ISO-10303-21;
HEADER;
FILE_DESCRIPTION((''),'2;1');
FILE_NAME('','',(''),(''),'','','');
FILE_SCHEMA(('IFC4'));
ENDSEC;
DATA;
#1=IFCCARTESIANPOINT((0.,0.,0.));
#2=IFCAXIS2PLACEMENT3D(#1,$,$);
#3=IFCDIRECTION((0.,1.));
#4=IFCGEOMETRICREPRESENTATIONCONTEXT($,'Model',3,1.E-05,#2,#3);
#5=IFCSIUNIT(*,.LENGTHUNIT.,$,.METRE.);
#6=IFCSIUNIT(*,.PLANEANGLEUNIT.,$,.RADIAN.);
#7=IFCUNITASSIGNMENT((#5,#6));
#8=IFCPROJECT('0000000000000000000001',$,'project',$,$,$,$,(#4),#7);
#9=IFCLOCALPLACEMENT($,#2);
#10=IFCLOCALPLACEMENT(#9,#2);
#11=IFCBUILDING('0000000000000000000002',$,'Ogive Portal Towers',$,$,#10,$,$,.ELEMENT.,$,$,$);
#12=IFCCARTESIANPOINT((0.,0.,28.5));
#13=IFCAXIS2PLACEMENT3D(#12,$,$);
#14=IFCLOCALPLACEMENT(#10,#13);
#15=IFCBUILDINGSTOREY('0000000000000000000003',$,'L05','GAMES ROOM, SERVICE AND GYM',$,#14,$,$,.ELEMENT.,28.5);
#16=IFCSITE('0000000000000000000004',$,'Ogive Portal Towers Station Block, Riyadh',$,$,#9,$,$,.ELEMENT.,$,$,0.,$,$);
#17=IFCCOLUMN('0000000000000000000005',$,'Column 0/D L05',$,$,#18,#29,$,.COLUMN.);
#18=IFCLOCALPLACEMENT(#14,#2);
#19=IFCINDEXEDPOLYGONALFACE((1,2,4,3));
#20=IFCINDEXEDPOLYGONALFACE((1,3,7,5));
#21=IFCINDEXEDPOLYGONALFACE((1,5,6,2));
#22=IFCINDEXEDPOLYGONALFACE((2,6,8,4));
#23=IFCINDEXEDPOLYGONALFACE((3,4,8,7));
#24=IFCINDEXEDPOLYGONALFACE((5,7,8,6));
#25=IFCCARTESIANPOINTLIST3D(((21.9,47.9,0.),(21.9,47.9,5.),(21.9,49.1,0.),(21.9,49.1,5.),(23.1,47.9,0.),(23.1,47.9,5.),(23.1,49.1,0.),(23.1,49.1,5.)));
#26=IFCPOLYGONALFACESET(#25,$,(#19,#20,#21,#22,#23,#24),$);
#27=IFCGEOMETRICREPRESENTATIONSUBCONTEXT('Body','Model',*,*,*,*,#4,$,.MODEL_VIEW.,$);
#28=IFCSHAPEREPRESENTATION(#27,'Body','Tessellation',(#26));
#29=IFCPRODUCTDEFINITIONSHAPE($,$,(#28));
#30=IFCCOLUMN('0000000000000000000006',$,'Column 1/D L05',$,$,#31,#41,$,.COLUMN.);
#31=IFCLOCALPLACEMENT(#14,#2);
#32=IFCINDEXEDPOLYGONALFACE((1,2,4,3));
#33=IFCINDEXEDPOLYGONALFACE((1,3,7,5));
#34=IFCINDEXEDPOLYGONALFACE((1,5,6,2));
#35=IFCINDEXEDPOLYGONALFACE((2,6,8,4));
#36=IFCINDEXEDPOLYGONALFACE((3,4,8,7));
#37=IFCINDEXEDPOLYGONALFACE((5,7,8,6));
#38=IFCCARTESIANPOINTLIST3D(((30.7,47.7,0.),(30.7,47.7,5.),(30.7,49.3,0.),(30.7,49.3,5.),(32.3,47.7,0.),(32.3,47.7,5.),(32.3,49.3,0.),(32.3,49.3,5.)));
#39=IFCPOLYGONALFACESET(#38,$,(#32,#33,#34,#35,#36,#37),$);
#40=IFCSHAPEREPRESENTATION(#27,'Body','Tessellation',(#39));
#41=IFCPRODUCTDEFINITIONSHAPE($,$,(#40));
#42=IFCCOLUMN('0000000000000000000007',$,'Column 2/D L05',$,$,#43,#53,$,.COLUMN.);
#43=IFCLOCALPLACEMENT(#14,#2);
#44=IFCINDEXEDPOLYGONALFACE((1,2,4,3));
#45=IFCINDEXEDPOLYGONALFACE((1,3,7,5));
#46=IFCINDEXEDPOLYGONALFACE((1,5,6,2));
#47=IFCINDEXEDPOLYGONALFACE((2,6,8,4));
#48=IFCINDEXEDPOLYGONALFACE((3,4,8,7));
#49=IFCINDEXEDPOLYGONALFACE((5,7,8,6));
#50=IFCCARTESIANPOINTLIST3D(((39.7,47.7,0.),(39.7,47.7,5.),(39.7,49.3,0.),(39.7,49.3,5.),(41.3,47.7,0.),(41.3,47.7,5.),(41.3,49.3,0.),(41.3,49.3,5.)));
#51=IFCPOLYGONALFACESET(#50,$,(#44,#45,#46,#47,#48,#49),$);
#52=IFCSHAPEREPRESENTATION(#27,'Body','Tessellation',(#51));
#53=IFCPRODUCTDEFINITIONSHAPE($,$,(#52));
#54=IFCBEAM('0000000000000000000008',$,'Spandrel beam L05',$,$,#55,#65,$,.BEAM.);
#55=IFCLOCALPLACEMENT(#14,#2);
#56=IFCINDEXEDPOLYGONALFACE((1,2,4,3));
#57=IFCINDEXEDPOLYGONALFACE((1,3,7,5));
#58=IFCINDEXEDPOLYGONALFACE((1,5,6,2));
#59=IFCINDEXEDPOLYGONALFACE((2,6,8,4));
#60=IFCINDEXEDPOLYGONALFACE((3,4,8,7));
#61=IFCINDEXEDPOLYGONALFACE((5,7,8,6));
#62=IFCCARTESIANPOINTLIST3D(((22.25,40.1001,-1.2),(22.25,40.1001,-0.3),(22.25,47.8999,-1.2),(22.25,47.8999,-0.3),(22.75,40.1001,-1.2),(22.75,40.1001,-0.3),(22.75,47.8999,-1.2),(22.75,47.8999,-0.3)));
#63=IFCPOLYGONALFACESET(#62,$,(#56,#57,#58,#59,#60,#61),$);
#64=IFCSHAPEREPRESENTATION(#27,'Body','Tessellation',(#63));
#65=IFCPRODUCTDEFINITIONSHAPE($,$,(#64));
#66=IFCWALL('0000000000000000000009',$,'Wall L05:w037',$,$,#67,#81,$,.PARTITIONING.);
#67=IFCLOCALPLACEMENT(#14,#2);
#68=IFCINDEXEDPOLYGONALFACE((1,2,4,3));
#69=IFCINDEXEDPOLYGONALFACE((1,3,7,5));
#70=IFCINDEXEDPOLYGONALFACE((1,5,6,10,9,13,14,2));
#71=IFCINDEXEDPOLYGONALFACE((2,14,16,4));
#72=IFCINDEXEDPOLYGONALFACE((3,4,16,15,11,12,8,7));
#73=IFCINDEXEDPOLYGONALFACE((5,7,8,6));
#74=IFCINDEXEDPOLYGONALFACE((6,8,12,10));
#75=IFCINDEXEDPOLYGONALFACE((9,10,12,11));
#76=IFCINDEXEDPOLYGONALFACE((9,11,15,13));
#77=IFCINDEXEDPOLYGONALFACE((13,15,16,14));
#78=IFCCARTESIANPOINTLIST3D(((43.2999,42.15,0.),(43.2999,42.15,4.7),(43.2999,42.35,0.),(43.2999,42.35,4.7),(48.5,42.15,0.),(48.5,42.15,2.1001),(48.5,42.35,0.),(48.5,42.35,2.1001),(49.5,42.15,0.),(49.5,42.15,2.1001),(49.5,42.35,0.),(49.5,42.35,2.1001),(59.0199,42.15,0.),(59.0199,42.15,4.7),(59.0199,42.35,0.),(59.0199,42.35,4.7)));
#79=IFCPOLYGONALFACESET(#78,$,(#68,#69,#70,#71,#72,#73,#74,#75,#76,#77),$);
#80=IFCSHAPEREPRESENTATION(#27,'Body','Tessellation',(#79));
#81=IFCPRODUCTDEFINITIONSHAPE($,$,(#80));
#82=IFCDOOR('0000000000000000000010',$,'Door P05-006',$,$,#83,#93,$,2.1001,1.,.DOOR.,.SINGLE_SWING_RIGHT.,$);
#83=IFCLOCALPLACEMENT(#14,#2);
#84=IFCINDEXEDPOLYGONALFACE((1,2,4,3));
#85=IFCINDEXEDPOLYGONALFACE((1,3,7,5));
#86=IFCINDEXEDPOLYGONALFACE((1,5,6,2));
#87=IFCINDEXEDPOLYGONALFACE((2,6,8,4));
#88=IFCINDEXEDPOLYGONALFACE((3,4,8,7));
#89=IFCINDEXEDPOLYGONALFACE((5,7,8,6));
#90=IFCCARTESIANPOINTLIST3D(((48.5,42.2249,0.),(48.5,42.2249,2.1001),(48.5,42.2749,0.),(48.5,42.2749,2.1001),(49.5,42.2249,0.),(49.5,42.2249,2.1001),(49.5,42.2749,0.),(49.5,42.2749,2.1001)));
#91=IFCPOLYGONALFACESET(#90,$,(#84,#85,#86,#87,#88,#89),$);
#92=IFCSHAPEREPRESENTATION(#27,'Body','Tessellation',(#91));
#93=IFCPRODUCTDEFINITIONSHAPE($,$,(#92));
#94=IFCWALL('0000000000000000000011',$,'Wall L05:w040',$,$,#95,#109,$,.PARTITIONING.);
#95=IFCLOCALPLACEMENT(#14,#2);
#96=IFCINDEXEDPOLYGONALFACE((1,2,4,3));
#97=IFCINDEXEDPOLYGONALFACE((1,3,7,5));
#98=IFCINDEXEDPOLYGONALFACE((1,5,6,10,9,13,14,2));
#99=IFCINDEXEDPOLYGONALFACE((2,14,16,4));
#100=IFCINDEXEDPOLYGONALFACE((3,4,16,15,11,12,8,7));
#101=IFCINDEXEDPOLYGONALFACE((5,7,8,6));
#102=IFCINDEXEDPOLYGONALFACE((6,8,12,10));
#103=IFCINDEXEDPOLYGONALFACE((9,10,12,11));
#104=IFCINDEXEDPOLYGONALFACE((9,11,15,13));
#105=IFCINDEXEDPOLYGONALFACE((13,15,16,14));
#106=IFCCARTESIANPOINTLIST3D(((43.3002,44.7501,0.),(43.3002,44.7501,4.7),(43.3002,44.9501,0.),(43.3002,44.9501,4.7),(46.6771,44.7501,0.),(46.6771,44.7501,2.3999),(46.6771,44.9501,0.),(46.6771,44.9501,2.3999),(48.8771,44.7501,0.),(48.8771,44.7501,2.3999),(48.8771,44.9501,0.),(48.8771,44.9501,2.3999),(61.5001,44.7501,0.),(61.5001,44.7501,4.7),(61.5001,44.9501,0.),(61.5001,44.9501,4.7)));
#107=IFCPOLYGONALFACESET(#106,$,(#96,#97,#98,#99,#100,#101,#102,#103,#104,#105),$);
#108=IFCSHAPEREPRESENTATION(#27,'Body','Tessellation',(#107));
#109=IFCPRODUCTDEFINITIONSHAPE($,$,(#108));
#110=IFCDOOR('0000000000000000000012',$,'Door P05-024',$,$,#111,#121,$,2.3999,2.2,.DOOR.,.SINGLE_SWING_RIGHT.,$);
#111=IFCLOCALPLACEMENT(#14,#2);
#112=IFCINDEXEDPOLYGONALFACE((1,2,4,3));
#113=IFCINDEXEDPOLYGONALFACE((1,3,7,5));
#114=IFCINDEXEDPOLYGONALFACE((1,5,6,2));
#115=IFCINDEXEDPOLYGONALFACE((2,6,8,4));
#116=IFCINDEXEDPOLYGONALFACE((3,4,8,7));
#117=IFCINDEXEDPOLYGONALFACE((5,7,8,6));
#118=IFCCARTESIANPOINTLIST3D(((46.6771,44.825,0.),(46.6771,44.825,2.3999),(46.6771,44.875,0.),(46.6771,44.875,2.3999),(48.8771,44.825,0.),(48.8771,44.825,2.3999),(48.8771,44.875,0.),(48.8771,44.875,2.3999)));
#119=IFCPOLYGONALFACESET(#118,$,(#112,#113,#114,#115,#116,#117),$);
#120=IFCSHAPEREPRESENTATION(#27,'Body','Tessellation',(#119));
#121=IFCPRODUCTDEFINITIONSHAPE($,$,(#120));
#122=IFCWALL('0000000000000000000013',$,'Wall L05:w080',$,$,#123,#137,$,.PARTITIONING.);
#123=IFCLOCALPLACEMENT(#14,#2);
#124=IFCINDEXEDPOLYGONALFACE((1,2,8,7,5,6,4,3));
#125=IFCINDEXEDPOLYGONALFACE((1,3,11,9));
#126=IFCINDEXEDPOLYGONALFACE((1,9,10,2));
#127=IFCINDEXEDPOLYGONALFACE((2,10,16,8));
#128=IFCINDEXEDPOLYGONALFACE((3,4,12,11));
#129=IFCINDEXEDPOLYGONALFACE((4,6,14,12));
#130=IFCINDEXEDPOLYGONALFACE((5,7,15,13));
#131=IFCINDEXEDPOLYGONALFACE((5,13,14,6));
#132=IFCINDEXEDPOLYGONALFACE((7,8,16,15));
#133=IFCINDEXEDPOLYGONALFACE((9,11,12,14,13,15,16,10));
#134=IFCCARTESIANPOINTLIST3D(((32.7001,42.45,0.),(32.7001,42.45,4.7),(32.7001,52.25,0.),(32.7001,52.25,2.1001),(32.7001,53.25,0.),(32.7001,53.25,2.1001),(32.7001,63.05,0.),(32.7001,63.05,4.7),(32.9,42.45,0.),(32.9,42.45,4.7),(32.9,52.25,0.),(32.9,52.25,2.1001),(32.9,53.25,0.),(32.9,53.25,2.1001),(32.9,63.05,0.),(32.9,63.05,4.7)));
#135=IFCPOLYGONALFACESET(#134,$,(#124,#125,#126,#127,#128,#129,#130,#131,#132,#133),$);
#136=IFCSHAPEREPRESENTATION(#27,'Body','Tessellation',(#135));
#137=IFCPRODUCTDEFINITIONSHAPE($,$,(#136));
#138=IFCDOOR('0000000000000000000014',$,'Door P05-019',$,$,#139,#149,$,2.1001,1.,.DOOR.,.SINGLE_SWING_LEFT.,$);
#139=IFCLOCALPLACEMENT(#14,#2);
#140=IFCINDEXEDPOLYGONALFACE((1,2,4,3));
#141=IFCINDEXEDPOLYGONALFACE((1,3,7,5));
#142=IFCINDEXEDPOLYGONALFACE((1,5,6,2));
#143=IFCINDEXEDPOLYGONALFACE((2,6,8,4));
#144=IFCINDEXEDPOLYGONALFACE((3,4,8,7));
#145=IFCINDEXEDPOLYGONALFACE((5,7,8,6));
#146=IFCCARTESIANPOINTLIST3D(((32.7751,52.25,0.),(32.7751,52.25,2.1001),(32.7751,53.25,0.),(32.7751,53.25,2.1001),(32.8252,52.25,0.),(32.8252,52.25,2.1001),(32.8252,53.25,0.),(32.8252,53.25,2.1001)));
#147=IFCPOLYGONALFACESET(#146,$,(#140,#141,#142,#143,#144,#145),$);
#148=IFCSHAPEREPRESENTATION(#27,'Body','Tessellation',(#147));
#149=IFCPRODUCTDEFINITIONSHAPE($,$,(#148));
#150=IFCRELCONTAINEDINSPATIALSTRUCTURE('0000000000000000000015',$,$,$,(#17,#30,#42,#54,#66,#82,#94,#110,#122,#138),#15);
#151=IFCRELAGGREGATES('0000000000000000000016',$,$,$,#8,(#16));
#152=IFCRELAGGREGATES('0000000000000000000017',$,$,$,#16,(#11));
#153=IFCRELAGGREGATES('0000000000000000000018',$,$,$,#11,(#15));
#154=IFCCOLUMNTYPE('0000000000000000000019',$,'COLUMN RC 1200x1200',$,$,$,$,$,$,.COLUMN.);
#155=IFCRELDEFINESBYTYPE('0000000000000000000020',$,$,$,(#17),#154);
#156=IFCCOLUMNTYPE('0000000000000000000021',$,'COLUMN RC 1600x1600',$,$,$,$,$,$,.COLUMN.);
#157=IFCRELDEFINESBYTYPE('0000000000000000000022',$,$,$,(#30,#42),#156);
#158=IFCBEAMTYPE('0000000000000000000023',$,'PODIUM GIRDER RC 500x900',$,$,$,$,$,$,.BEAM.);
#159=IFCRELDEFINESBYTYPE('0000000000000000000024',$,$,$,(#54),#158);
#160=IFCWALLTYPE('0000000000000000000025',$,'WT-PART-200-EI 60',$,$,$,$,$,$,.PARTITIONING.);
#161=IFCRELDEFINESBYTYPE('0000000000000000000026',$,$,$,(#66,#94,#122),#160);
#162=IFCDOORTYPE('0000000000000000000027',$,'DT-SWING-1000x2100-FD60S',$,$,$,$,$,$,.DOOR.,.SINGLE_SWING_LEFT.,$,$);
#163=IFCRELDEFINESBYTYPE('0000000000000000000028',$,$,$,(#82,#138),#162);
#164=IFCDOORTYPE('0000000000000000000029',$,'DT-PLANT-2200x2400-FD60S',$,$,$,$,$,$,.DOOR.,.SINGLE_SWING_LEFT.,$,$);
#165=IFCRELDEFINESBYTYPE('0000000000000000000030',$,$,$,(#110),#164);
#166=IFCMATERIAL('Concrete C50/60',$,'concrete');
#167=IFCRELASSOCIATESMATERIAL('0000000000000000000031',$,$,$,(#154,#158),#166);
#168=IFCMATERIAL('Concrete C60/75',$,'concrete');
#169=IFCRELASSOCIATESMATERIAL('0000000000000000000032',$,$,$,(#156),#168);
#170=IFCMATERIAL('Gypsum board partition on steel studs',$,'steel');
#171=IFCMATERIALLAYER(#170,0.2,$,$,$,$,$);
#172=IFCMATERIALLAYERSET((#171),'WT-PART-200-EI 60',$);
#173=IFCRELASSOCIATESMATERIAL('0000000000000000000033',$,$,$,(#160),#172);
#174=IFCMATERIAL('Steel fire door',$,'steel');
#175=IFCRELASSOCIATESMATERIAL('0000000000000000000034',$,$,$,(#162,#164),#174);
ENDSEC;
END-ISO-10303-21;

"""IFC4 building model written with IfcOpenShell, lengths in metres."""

from ifc_helpers import new_model, si_unit, direction, frame, frame_2d, origin, origin_2d, place, context, subcontext, project, spatial, rectangle, extrude, material, layer, layer_set, material_profile, profile_set, type_object, element, fill, save


model = new_model("IFC4")

# Units and contexts
model_context = context("Model", 3, precision=1e-05, world=origin(), true_north=direction((0.0, 1.0)))
body_context = subcontext(model_context, "Body", "Model", "MODEL_VIEW")
ifc_project = project(units=[si_unit("LENGTHUNIT", "METRE"), si_unit("PLANEANGLEUNIT", "RADIAN")], contexts=[model_context])

# Site, building, storey
site_placement = place(None, origin())
site = spatial("IfcSite", under=ifc_project, at=site_placement, Name="Ogive Portal Towers Station Block, Riyadh", CompositionType="ELEMENT", RefElevation=0.0)
building_placement = place(site_placement, origin())
building = spatial("IfcBuilding", under=site, at=building_placement, Name="Ogive Portal Towers", CompositionType="ELEMENT")
storey_placement = place(building_placement, frame((0.0, 0.0, 28.5)))
storey = spatial("IfcBuildingStorey", under=building, at=storey_placement, Name="L05", Description="GAMES ROOM, SERVICE AND GYM", CompositionType="ELEMENT", Elevation=28.5)

# Columns
ifc_material_1 = material(Name="Concrete C50/60", Category="concrete")
ifc_material_profile_1 = material_profile(ifc_material_1, rectangle(XDim=1.2, YDim=1.2, at=origin_2d()), Name="RC 1200x1200")
ifc_profile_set_1 = profile_set([ifc_material_profile_1], Name="Concrete C50/60")
column_type_1 = type_object("IfcColumnType", Name="COLUMN RC 1200x1200", PredefinedType="COLUMN", material=ifc_profile_set_1)
column_placement = place(storey_placement, frame((22.5, 48.5, 0.0), z_axis=(0.0, 0.0, 1.0), x_axis=(1.0, 0.0, 0.0)))
element("IfcColumn", 1, at=column_placement, inside=storey, type_object=column_type_1, Name="Column 0/D L05", PredefinedType="COLUMN", context=body_context, shape_type="SweptSolid", body=[
    extrude(rectangle(XDim=1.2, YDim=1.2, at=origin_2d()), origin(), (0.0, 0.0, 1.0), 5.0),
])
ifc_material_2 = material(Name="Concrete C60/75", Category="concrete")
ifc_material_profile_2 = material_profile(ifc_material_2, rectangle(XDim=1.6001, YDim=1.6001, at=origin_2d()), Name="RC 1600x1600")
ifc_profile_set_2 = profile_set([ifc_material_profile_2], Name="Concrete C60/75")
column_type_2 = type_object("IfcColumnType", Name="COLUMN RC 1600x1600", PredefinedType="COLUMN", material=ifc_profile_set_2)
for number, where, z_axis, x_axis, name in (
    (2, (31.5, 48.5, 0.0), (0.0, 0.0, 1.0), (1.0, 0.0, 0.0), "Column 1/D L05"),
    (3, (40.5, 48.5, 0.0), (0.0, 0.0, 1.0), (1.0, 0.0, 0.0), "Column 2/D L05"),
):
    element("IfcColumn", number, at=place(storey_placement, frame(where, z_axis=z_axis, x_axis=x_axis)), inside=storey, type_object=column_type_2, Name=name, PredefinedType="COLUMN", context=body_context, shape_type="SweptSolid", body=[
        extrude(rectangle(XDim=1.6001, YDim=1.6001, at=origin_2d()), origin(), (0.0, 0.0, 1.0), 5.0),
    ])

# Beam
ifc_material_profile_3 = material_profile(ifc_material_1, rectangle(XDim=0.5, YDim=0.8999, at=origin_2d()), Name="RC 500x900")
ifc_profile_set_3 = profile_set([ifc_material_profile_3], Name="Concrete C50/60")
beam_type = type_object("IfcBeamType", Name="PODIUM GIRDER RC 500x900", PredefinedType="BEAM", material=ifc_profile_set_3)
beam_placement = place(storey_placement, frame((22.5, 47.8999, -0.75), z_axis=(0.0, -1.0, 0.0), x_axis=(1.0, 0.0, 0.0)))
element("IfcBeam", 4, at=beam_placement, inside=storey, type_object=beam_type, Name="Spandrel beam L05", PredefinedType="BEAM", context=body_context, shape_type="SweptSolid", body=[
    extrude(rectangle(XDim=0.5, YDim=0.8999, at=origin_2d()), origin(), (0.0, 0.0, 1.0), 7.7998),
])

# Walls, openings, doors
ifc_material_3 = material(Name="Gypsum board partition on steel studs", Category="steel")
ifc_layer_1 = layer(ifc_material_3, 0.2)
ifc_layer_set_1 = layer_set([ifc_layer_1], Name="WT-PART-200-EI 60")
wall_type_1 = type_object("IfcWallType", Name="WT-PART-200-EI 60", PredefinedType="PARTITIONING", material=ifc_layer_set_1)
wall_1_placement = place(storey_placement, frame((43.3, 42.25, 0.0), z_axis=(0.0, 0.0, 1.0), x_axis=(1.0, 0.0, 0.0)))
wall_1 = element("IfcWall", 5, at=wall_1_placement, inside=storey, type_object=wall_type_1, Name="Wall L05:w037", PredefinedType="PARTITIONING", context=body_context, shape_type="SweptSolid", body=[
    extrude(rectangle(XDim=15.72, YDim=0.2, at=frame_2d((7.8599, 0.0))), origin(), (0.0, 0.0, 1.0), 4.7),
])
opening_1_placement = place(wall_1_placement, frame((5.2, 0.0, 0.0)))
opening_1 = element("IfcOpeningElement", 6, at=opening_1_placement, cuts=wall_1, PredefinedType="OPENING", context=body_context, shape_type="SweptSolid", body=[
    extrude(rectangle(XDim=1.0, YDim=2.1001, at=frame_2d((0.5, 1.05))), frame((0.0, 0.1099, 0.0), z_axis=(0.0, -1.0, 0.0), x_axis=(1.0, 0.0, 0.0)), (0.0, 0.0, 1.0), 0.22),
])
ifc_material_4 = material(Name="Steel fire door", Category="steel")
door_type_1 = type_object("IfcDoorType", Name="DT-SWING-1000x2100-FD60S", OperationType="SINGLE_SWING_LEFT", PredefinedType="DOOR", material=ifc_material_4)
door_1_placement = place(opening_1_placement, origin())
door_1 = element("IfcDoor", 7, at=door_1_placement, inside=storey, type_object=door_type_1, Name="Door P05-006", OperationType="SINGLE_SWING_RIGHT", OverallHeight=2.1001, OverallWidth=1.0, PredefinedType="DOOR", context=body_context, shape_type="SweptSolid", body=[
    extrude(rectangle(XDim=1.0, YDim=2.1001, at=frame_2d((0.5, 1.05))), frame((0.0, 0.0249, 0.0), z_axis=(0.0, -1.0, 0.0), x_axis=(1.0, 0.0, 0.0)), (0.0, 0.0, 1.0), 0.05),
])
fill(opening_1, door_1)
wall_2_placement = place(storey_placement, frame((43.3, 44.8501, 0.0), z_axis=(0.0, 0.0, 1.0), x_axis=(1.0, 0.0, 0.0)))
wall_2 = element("IfcWall", 8, at=wall_2_placement, inside=storey, type_object=wall_type_1, Name="Wall L05:w040", PredefinedType="PARTITIONING", context=body_context, shape_type="SweptSolid", body=[
    extrude(rectangle(XDim=18.2, YDim=0.2, at=frame_2d((9.1001, 0.0))), origin(), (0.0, 0.0, 1.0), 4.7),
])
opening_2_placement = place(wall_2_placement, frame((3.377, 0.0, 0.0)))
opening_2 = element("IfcOpeningElement", 9, at=opening_2_placement, cuts=wall_2, PredefinedType="OPENING", context=body_context, shape_type="SweptSolid", body=[
    extrude(rectangle(XDim=2.2, YDim=2.3999, at=frame_2d((1.1001, 1.2))), frame((0.0, 0.1099, 0.0), z_axis=(0.0, -1.0, 0.0), x_axis=(1.0, 0.0, 0.0)), (0.0, 0.0, 1.0), 0.22),
])
door_type_2 = type_object("IfcDoorType", Name="DT-PLANT-2200x2400-FD60S", OperationType="SINGLE_SWING_LEFT", PredefinedType="DOOR", material=ifc_material_4)
door_2_placement = place(opening_2_placement, origin())
door_2 = element("IfcDoor", 10, at=door_2_placement, inside=storey, type_object=door_type_2, Name="Door P05-024", OperationType="SINGLE_SWING_RIGHT", OverallHeight=2.3999, OverallWidth=2.2, PredefinedType="DOOR", context=body_context, shape_type="SweptSolid", body=[
    extrude(rectangle(XDim=2.2, YDim=2.3999, at=frame_2d((1.1001, 1.2))), frame((0.0, 0.0249, 0.0), z_axis=(0.0, -1.0, 0.0), x_axis=(1.0, 0.0, 0.0)), (0.0, 0.0, 1.0), 0.05),
])
fill(opening_2, door_2)
wall_3_placement = place(storey_placement, frame((32.8, 42.45, 0.0), z_axis=(0.0, 0.0, 1.0), x_axis=(0.0, 1.0, 0.0)))
wall_3 = element("IfcWall", 11, at=wall_3_placement, inside=storey, type_object=wall_type_1, Name="Wall L05:w080", PredefinedType="PARTITIONING", context=body_context, shape_type="SweptSolid", body=[
    extrude(rectangle(XDim=20.6001, YDim=0.2, at=frame_2d((10.3, 0.0))), origin(), (0.0, 0.0, 1.0), 4.7),
])
opening_3_placement = place(wall_3_placement, frame((9.8, 0.0, 0.0)))
opening_3 = element("IfcOpeningElement", 12, at=opening_3_placement, cuts=wall_3, PredefinedType="OPENING", context=body_context, shape_type="SweptSolid", body=[
    extrude(rectangle(XDim=1.0, YDim=2.1001, at=frame_2d((0.5, 1.05))), frame((0.0, 0.1099, 0.0), z_axis=(0.0, -1.0, 0.0), x_axis=(1.0, 0.0, 0.0)), (0.0, 0.0, 1.0), 0.22),
])
door_3_placement = place(opening_3_placement, origin())
door_3 = element("IfcDoor", 13, at=door_3_placement, inside=storey, type_object=door_type_1, Name="Door P05-019", OperationType="SINGLE_SWING_LEFT", OverallHeight=2.1001, OverallWidth=1.0, PredefinedType="DOOR", context=body_context, shape_type="SweptSolid", body=[
    extrude(rectangle(XDim=1.0, YDim=2.1001, at=frame_2d((0.5, 1.05))), frame((0.0, 0.0249, 0.0), z_axis=(0.0, -1.0, 0.0), x_axis=(1.0, 0.0, 0.0)), (0.0, 0.0, 1.0), 0.05),
])
fill(opening_3, door_3)

save(model, "model.ifc")
